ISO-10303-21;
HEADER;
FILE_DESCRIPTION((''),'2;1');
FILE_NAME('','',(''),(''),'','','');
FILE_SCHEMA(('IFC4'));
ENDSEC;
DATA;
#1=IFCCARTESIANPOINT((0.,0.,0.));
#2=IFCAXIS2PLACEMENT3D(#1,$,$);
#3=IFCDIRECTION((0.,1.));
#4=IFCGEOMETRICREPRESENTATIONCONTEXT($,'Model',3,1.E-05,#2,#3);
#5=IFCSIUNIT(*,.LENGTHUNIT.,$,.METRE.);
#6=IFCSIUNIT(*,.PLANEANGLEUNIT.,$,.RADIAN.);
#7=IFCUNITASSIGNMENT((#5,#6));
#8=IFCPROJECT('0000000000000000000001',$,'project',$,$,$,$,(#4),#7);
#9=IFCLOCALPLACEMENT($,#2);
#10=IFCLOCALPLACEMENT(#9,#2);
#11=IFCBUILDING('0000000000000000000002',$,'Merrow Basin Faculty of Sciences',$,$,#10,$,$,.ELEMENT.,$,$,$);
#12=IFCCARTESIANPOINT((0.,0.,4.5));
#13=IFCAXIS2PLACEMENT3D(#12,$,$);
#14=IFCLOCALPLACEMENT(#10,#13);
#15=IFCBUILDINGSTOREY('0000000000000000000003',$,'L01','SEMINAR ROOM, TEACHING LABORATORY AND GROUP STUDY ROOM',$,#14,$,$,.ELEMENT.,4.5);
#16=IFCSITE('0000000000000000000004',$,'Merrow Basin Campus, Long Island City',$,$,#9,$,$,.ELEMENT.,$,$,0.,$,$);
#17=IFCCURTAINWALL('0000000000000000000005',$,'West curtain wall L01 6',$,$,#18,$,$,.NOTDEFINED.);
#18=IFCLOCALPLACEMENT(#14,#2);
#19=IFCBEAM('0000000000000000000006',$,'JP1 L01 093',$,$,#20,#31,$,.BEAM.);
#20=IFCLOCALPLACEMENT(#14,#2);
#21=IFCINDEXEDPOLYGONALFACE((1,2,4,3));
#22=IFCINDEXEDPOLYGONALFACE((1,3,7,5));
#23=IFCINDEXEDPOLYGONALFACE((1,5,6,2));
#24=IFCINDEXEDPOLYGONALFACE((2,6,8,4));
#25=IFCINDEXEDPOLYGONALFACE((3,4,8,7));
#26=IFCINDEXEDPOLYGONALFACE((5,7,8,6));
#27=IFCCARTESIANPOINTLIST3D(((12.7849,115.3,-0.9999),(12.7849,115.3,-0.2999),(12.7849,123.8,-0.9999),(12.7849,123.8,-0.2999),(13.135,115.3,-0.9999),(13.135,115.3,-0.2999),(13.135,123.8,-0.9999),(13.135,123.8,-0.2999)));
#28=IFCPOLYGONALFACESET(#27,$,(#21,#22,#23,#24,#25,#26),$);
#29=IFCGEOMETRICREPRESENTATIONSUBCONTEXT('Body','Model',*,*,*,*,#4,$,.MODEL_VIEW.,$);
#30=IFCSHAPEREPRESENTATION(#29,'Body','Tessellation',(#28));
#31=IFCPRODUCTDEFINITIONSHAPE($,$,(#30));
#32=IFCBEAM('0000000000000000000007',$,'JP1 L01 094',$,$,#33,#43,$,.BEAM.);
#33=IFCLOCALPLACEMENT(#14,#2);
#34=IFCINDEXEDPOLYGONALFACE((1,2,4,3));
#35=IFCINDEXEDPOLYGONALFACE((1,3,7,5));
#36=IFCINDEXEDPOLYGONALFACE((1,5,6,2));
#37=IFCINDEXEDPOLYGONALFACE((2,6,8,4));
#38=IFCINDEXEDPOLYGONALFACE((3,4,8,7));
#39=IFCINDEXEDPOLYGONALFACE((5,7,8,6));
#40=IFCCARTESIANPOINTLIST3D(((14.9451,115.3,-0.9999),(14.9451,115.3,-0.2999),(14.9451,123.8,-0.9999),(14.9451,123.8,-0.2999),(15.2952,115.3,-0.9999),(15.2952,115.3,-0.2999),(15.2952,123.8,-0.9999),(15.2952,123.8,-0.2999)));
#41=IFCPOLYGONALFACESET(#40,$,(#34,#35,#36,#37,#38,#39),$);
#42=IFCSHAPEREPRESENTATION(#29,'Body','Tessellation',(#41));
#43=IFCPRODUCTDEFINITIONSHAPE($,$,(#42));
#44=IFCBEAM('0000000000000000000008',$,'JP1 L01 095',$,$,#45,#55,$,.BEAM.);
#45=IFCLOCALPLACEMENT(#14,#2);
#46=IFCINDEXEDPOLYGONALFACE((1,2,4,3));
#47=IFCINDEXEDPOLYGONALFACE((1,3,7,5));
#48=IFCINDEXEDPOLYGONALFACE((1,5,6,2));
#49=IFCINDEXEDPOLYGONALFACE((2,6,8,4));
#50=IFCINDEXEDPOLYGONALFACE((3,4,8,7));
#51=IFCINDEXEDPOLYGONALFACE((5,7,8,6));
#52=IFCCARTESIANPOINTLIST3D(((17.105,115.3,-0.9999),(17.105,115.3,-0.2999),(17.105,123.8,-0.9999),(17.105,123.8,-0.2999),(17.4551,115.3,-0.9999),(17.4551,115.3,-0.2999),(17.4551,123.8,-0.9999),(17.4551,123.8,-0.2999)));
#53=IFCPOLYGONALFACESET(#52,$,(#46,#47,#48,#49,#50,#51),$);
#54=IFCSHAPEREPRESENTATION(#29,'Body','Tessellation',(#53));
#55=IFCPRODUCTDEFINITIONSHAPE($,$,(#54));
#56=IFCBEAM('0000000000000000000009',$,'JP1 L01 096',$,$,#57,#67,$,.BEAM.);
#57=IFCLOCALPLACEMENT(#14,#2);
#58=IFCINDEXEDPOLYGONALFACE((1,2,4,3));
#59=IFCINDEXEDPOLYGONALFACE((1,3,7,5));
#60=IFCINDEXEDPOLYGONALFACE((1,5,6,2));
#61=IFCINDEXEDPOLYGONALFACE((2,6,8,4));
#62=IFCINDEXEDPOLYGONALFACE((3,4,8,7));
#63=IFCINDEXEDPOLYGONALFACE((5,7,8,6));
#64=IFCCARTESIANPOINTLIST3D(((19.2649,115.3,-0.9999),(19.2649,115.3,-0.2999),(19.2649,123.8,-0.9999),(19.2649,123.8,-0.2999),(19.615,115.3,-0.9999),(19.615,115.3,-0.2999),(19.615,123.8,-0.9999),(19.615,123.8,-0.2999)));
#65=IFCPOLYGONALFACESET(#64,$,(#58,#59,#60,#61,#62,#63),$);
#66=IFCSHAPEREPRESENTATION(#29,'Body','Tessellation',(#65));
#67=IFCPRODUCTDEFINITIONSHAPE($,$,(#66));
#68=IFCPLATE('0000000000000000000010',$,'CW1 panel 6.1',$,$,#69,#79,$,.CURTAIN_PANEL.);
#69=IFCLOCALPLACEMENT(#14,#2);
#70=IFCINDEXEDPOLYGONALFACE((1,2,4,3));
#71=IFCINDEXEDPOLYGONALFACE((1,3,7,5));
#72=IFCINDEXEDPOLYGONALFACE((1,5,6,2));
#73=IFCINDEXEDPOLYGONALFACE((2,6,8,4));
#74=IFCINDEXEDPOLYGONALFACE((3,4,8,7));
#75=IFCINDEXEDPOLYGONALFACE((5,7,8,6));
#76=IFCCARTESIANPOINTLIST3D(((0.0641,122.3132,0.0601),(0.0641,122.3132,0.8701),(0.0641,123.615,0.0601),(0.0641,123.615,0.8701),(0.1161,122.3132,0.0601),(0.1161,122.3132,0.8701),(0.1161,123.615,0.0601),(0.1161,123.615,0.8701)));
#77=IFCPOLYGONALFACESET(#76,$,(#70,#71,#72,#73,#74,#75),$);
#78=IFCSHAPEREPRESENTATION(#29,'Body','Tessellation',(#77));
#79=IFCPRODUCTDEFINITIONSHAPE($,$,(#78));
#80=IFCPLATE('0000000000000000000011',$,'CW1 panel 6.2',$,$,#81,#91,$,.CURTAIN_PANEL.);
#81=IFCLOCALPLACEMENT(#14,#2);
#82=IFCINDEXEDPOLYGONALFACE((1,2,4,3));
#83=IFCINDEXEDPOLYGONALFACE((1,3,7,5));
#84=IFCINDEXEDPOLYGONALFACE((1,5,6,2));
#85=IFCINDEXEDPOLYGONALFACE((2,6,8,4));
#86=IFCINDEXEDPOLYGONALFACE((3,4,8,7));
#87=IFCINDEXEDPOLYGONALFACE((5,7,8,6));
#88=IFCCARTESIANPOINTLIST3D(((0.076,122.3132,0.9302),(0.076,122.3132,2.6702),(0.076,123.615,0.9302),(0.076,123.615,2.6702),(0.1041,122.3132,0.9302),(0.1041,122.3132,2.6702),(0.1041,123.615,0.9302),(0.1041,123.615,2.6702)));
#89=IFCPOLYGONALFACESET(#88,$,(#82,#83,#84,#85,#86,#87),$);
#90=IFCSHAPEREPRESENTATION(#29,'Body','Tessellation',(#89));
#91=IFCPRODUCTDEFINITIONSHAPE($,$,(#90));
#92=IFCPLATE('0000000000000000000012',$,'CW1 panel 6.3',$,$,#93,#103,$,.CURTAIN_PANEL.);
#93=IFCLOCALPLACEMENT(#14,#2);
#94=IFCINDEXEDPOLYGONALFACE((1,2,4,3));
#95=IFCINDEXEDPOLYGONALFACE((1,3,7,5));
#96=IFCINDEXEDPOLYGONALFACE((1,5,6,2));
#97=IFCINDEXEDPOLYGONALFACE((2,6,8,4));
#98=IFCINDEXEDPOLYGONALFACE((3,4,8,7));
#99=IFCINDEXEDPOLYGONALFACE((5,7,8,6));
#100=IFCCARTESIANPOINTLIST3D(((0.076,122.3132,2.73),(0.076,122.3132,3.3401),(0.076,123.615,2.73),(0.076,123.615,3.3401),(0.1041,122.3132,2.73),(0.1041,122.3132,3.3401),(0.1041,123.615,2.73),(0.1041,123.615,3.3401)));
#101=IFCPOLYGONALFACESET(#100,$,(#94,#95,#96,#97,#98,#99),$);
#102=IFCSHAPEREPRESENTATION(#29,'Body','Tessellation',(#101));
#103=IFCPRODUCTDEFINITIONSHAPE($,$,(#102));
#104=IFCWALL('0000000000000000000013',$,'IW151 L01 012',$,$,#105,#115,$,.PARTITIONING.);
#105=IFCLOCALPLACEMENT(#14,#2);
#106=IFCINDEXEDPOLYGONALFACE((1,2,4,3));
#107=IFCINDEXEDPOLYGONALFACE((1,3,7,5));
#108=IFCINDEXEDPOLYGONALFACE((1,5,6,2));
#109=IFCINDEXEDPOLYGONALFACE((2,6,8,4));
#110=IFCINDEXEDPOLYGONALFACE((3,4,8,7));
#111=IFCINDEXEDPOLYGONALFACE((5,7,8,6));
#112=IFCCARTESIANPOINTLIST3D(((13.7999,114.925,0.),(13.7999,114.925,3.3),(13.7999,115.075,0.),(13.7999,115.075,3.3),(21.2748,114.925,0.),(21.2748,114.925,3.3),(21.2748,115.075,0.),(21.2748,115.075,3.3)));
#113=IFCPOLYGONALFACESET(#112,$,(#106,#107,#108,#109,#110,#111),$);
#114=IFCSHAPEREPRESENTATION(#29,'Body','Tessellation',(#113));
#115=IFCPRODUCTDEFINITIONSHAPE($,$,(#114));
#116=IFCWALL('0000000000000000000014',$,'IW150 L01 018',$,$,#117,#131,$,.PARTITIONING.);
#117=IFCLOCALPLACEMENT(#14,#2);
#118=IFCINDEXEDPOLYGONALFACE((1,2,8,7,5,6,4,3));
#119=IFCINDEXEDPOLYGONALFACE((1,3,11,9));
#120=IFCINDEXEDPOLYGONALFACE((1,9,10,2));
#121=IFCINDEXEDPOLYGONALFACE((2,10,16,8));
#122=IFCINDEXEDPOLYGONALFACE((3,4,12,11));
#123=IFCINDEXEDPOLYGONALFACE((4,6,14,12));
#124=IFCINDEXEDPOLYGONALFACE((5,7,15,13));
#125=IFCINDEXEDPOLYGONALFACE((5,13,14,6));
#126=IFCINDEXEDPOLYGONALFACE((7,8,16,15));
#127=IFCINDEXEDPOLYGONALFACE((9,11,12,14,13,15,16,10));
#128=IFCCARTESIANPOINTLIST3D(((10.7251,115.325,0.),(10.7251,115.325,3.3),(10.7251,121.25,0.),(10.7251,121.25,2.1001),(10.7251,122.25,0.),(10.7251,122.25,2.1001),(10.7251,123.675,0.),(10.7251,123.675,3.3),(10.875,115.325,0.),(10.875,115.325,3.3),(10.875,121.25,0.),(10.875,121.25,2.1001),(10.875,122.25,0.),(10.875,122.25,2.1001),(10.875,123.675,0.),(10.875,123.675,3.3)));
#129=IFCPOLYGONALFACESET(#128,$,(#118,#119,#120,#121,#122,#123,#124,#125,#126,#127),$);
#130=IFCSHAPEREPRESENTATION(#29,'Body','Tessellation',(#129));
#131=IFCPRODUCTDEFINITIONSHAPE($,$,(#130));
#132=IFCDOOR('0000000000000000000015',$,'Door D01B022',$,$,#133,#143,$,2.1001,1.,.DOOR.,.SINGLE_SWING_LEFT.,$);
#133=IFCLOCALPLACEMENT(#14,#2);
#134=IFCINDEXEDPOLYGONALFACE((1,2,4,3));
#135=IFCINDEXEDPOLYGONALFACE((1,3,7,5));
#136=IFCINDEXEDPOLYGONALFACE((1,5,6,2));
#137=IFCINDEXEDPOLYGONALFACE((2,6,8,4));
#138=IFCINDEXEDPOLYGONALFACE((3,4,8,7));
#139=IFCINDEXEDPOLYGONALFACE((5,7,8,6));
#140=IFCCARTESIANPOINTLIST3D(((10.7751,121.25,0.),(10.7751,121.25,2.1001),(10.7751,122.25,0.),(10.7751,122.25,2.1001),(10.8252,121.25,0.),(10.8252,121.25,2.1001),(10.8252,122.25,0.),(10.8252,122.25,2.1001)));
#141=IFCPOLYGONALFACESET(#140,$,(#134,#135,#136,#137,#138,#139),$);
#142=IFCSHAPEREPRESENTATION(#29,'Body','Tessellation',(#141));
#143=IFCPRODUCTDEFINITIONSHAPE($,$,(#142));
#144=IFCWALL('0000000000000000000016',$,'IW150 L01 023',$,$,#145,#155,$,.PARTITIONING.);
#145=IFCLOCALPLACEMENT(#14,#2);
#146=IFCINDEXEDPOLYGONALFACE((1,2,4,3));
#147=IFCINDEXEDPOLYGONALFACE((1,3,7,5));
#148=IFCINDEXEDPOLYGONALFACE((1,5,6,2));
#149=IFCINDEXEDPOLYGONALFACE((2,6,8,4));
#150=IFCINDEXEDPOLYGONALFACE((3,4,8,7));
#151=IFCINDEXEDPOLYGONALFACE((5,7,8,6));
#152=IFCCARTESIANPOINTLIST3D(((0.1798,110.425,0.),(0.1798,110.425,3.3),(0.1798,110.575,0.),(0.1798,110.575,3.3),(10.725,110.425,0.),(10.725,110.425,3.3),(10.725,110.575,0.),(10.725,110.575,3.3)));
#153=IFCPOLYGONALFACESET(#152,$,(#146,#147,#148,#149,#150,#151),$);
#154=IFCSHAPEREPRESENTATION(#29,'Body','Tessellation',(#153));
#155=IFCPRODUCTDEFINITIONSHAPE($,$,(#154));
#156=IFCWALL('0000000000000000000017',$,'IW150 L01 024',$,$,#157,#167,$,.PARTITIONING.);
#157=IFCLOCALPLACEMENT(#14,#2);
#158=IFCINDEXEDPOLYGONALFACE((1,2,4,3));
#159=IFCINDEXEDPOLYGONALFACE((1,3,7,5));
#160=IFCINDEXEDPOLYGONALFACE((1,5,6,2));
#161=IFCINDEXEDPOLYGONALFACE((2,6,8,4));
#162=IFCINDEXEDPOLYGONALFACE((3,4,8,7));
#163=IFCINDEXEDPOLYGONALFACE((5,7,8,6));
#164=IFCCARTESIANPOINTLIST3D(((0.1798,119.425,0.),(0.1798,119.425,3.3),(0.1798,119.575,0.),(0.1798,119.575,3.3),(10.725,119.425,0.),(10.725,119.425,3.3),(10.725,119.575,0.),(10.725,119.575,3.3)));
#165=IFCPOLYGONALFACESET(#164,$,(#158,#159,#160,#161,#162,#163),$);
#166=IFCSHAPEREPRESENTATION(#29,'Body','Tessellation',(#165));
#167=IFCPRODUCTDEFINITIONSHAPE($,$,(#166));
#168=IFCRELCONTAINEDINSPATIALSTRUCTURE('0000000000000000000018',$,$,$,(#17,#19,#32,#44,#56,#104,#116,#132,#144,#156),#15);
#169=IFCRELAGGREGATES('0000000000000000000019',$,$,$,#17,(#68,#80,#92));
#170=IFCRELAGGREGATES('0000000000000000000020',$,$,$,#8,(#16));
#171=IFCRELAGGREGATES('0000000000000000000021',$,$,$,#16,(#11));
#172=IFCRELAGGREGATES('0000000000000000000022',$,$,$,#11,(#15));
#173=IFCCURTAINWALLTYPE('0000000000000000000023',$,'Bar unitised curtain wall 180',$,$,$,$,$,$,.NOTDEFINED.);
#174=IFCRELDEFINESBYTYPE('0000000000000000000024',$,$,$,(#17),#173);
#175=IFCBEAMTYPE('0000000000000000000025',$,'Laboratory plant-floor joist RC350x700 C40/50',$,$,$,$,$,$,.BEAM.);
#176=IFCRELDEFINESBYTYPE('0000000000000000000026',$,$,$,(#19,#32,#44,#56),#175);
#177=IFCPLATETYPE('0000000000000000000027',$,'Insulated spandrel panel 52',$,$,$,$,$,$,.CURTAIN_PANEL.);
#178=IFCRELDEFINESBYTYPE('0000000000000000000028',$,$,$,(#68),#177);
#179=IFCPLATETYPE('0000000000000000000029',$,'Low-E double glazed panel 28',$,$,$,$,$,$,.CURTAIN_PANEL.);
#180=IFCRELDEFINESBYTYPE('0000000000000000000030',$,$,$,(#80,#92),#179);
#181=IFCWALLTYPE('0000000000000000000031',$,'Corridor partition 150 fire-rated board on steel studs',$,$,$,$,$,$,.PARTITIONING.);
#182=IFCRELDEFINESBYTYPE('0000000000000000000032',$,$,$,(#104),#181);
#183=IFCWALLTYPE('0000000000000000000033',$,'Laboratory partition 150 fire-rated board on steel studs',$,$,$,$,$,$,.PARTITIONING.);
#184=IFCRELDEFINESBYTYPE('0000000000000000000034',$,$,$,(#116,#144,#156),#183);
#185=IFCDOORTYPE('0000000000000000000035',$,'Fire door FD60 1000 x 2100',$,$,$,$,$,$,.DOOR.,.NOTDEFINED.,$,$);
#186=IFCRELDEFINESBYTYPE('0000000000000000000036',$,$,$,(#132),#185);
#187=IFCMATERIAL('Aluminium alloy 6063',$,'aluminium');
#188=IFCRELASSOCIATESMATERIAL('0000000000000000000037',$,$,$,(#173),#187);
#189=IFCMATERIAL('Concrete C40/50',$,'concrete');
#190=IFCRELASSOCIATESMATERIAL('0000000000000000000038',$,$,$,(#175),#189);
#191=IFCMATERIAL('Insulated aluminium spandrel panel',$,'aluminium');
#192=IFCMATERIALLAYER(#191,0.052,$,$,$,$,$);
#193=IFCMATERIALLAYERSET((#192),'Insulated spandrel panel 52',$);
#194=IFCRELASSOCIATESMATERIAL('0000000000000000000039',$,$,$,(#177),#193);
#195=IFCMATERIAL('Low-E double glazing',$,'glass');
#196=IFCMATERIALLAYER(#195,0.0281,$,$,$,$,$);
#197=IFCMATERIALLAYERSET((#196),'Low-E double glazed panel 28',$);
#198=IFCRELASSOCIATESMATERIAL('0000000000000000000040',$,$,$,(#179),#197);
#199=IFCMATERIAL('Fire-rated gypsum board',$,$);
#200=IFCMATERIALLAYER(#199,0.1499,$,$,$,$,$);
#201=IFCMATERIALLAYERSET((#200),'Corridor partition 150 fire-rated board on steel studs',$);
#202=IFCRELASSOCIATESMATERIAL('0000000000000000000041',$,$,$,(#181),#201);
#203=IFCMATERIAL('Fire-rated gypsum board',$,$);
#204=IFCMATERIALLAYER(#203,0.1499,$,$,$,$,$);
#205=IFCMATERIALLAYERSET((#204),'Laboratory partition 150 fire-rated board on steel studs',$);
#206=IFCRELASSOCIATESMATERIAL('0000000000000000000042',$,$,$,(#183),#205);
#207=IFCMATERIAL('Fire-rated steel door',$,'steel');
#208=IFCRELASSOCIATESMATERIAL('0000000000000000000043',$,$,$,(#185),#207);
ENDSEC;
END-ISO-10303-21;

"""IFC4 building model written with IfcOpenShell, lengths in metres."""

from ifc_helpers import new_model, si_unit, direction, frame, frame_2d, origin, origin_2d, place, context, subcontext, project, spatial, rectangle, extrude, material, layer, layer_set, material_profile, profile_set, type_object, element, fill, aggregate, save


model = new_model("IFC4")

# Units and contexts
model_context = context("Model", 3, precision=1e-05, world=origin(), true_north=direction((0.0, 1.0)))
body_context = subcontext(model_context, "Body", "Model", "MODEL_VIEW")
ifc_project = project(units=[si_unit("LENGTHUNIT", "METRE"), si_unit("PLANEANGLEUNIT", "RADIAN")], contexts=[model_context])

# Site, building, storey
site_placement = place(None, origin())
site = spatial("IfcSite", under=ifc_project, at=site_placement, Name="Merrow Basin Campus, Long Island City", CompositionType="ELEMENT", RefElevation=0.0)
building_placement = place(site_placement, origin())
building = spatial("IfcBuilding", under=site, at=building_placement, Name="Merrow Basin Faculty of Sciences", CompositionType="ELEMENT")
storey_placement = place(building_placement, frame((0.0, 0.0, 4.5)))
storey = spatial("IfcBuildingStorey", under=building, at=storey_placement, Name="L01", Description="SEMINAR ROOM, TEACHING LABORATORY AND GROUP STUDY ROOM", CompositionType="ELEMENT", Elevation=4.5)

# Curtain wall
ifc_material_1 = material(Name="Aluminium alloy 6063", Category="aluminium")
curtain_wall_type = type_object("IfcCurtainWallType", Name="Bar unitised curtain wall 180", PredefinedType="NOTDEFINED", material=ifc_material_1)
curtain_wall_placement = place(storey_placement, origin())
curtain_wall = element("IfcCurtainWall", 1, at=curtain_wall_placement, inside=storey, type_object=curtain_wall_type, Name="West curtain wall L01 6", PredefinedType="NOTDEFINED")

# Beams
ifc_material_2 = material(Name="Concrete C40/50", Category="concrete")
ifc_material_profile_1 = material_profile(ifc_material_2, rectangle(XDim=0.3501, YDim=0.7, at=origin_2d()))
ifc_profile_set_1 = profile_set([ifc_material_profile_1], Name="Concrete C40/50")
beam_type_1 = type_object("IfcBeamType", Name="Laboratory plant-floor joist RC350x700 C40/50", PredefinedType="BEAM", material=ifc_profile_set_1)
for number, where, z_axis, x_axis, name in (
    (2, (12.96, 115.3, -0.6499), (0.0, 1.0, 0.0), (-1.0, 0.0, 0.0), "JP1 L01 093"),
    (3, (15.1201, 115.3, -0.6499), (0.0, 1.0, 0.0), (-1.0, 0.0, 0.0), "JP1 L01 094"),
    (4, (17.28, 115.3, -0.6499), (0.0, 1.0, 0.0), (-1.0, 0.0, 0.0), "JP1 L01 095"),
    (5, (19.4399, 115.3, -0.6499), (0.0, 1.0, 0.0), (-1.0, 0.0, 0.0), "JP1 L01 096"),
):
    element("IfcBeam", number, at=place(storey_placement, frame(where, z_axis=z_axis, x_axis=x_axis)), inside=storey, type_object=beam_type_1, Name=name, PredefinedType="BEAM", context=body_context, shape_type="SweptSolid", body=[
        extrude(rectangle(XDim=0.3501, YDim=0.7, at=origin_2d()), origin(), (0.0, 0.0, 1.0), 8.5),
    ])

# Plates
ifc_material_3 = material(Name="Insulated aluminium spandrel panel", Category="aluminium")
ifc_layer_1 = layer(ifc_material_3, 0.052)
ifc_layer_set_1 = layer_set([ifc_layer_1], Name="Insulated spandrel panel 52")
plate_type_1 = type_object("IfcPlateType", Name="Insulated spandrel panel 52", PredefinedType="CURTAIN_PANEL", material=ifc_layer_set_1)
plate_1_placement = place(storey_placement, frame((0.0901, 122.9641, 0.0601), z_axis=(0.0, 0.0, 1.0), x_axis=(0.0, 1.0, 0.0)))
plate_1 = element("IfcPlate", 6, at=plate_1_placement, type_object=plate_type_1, Name="CW1 panel 6.1", PredefinedType="CURTAIN_PANEL", context=body_context, shape_type="SweptSolid", body=[
    extrude(rectangle(XDim=1.3018, YDim=0.052, at=origin_2d()), origin(), (0.0, 0.0, 1.0), 0.8101),
])
ifc_material_4 = material(Name="Low-E double glazing", Category="glass")
ifc_layer_2 = layer(ifc_material_4, 0.0281)
ifc_layer_set_2 = layer_set([ifc_layer_2], Name="Low-E double glazed panel 28")
plate_type_2 = type_object("IfcPlateType", Name="Low-E double glazed panel 28", PredefinedType="CURTAIN_PANEL", material=ifc_layer_set_2)
plate_2_placement = place(storey_placement, frame((0.0901, 122.9641, 0.9302), z_axis=(0.0, 0.0, 1.0), x_axis=(0.0, 1.0, 0.0)))
plate_2 = element("IfcPlate", 7, at=plate_2_placement, type_object=plate_type_2, Name="CW1 panel 6.2", PredefinedType="CURTAIN_PANEL", context=body_context, shape_type="SweptSolid", body=[
    extrude(rectangle(XDim=1.3018, YDim=0.0281, at=origin_2d()), origin(), (0.0, 0.0, 1.0), 1.74),
])
plate_3_placement = place(storey_placement, frame((0.0901, 122.9641, 2.73), z_axis=(0.0, 0.0, 1.0), x_axis=(0.0, 1.0, 0.0)))
plate_3 = element("IfcPlate", 8, at=plate_3_placement, type_object=plate_type_2, Name="CW1 panel 6.3", PredefinedType="CURTAIN_PANEL", context=body_context, shape_type="SweptSolid", body=[
    extrude(rectangle(XDim=1.3018, YDim=0.0281, at=origin_2d()), origin(), (0.0, 0.0, 1.0), 0.6101),
])
aggregate(curtain_wall, [plate_1, plate_2, plate_3])

# Wall
ifc_material_5 = material(Name="Fire-rated gypsum board")
ifc_layer_3 = layer(ifc_material_5, 0.1499)
ifc_layer_set_3 = layer_set([ifc_layer_3], Name="Corridor partition 150 fire-rated board on steel studs")
wall_type_1 = type_object("IfcWallType", Name="Corridor partition 150 fire-rated board on steel studs", PredefinedType="PARTITIONING", material=ifc_layer_set_3)
wall_1_placement = place(storey_placement, frame((13.8, 115.0, 0.0), z_axis=(0.0, 0.0, 1.0), x_axis=(1.0, 0.0, 0.0)))
element("IfcWall", 9, at=wall_1_placement, inside=storey, type_object=wall_type_1, Name="IW151 L01 012", PredefinedType="PARTITIONING", context=body_context, shape_type="SweptSolid", body=[
    extrude(rectangle(XDim=7.4749, YDim=0.1499, at=frame_2d((3.7373, 0.0))), origin(), (0.0, 0.0, 1.0), 3.3),
])

# Wall, opening, door
ifc_material_6 = material(Name="Fire-rated gypsum board")
ifc_layer_4 = layer(ifc_material_6, 0.1499)
ifc_layer_set_4 = layer_set([ifc_layer_4], Name="Laboratory partition 150 fire-rated board on steel studs")
wall_type_2 = type_object("IfcWallType", Name="Laboratory partition 150 fire-rated board on steel studs", PredefinedType="PARTITIONING", material=ifc_layer_set_4)
wall_2_placement = place(storey_placement, frame((10.8, 115.325, 0.0), z_axis=(0.0, 0.0, 1.0), x_axis=(0.0, 1.0, 0.0)))
wall_2 = element("IfcWall", 10, at=wall_2_placement, inside=storey, type_object=wall_type_2, Name="IW150 L01 018", PredefinedType="PARTITIONING", context=body_context, shape_type="SweptSolid", body=[
    extrude(rectangle(XDim=8.3501, YDim=0.1499, at=frame_2d((4.175, 0.0))), origin(), (0.0, 0.0, 1.0), 3.3),
])
opening_1_placement = place(wall_2_placement, frame((5.925, 0.0, 0.0)))
opening_1 = element("IfcOpeningElement", 11, at=opening_1_placement, cuts=wall_2, PredefinedType="OPENING", context=body_context, shape_type="SweptSolid", body=[
    extrude(rectangle(XDim=1.0, YDim=2.1001, at=frame_2d((0.5, 1.05))), frame((0.0, 0.085, 0.0), z_axis=(0.0, -1.0, 0.0), x_axis=(1.0, 0.0, 0.0)), (0.0, 0.0, 1.0), 0.1699),
])
ifc_material_7 = material(Name="Fire-rated steel door", Category="steel")
door_type_1 = type_object("IfcDoorType", Name="Fire door FD60 1000 x 2100", OperationType="NOTDEFINED", PredefinedType="DOOR", material=ifc_material_7)
door_1_placement = place(opening_1_placement, origin())
door_1 = element("IfcDoor", 12, at=door_1_placement, inside=storey, type_object=door_type_1, Name="Door D01B022", OperationType="SINGLE_SWING_LEFT", OverallHeight=2.1001, OverallWidth=1.0, PredefinedType="DOOR", context=body_context, shape_type="SweptSolid", body=[
    extrude(rectangle(XDim=1.0, YDim=2.1001, at=frame_2d((0.5, 1.05))), frame((0.0, 0.0249, 0.0), z_axis=(0.0, -1.0, 0.0), x_axis=(1.0, 0.0, 0.0)), (0.0, 0.0, 1.0), 0.05),
])
fill(opening_1, door_1)

# Walls
for number, where, z_axis, x_axis, name in (
    (13, (0.1799, 110.5, 0.0), (0.0, 0.0, 1.0), (1.0, 0.0, 0.0), "IW150 L01 023"),
    (14, (0.1799, 119.5, 0.0), (0.0, 0.0, 1.0), (1.0, 0.0, 0.0), "IW150 L01 024"),
):
    element("IfcWall", number, at=place(storey_placement, frame(where, z_axis=z_axis, x_axis=x_axis)), inside=storey, type_object=wall_type_2, Name=name, PredefinedType="PARTITIONING", context=body_context, shape_type="SweptSolid", body=[
        extrude(rectangle(XDim=10.5452, YDim=0.1499, at=frame_2d((5.2725, 0.0))), origin(), (0.0, 0.0, 1.0), 3.3),
    ])

save(model, "model.ifc")
